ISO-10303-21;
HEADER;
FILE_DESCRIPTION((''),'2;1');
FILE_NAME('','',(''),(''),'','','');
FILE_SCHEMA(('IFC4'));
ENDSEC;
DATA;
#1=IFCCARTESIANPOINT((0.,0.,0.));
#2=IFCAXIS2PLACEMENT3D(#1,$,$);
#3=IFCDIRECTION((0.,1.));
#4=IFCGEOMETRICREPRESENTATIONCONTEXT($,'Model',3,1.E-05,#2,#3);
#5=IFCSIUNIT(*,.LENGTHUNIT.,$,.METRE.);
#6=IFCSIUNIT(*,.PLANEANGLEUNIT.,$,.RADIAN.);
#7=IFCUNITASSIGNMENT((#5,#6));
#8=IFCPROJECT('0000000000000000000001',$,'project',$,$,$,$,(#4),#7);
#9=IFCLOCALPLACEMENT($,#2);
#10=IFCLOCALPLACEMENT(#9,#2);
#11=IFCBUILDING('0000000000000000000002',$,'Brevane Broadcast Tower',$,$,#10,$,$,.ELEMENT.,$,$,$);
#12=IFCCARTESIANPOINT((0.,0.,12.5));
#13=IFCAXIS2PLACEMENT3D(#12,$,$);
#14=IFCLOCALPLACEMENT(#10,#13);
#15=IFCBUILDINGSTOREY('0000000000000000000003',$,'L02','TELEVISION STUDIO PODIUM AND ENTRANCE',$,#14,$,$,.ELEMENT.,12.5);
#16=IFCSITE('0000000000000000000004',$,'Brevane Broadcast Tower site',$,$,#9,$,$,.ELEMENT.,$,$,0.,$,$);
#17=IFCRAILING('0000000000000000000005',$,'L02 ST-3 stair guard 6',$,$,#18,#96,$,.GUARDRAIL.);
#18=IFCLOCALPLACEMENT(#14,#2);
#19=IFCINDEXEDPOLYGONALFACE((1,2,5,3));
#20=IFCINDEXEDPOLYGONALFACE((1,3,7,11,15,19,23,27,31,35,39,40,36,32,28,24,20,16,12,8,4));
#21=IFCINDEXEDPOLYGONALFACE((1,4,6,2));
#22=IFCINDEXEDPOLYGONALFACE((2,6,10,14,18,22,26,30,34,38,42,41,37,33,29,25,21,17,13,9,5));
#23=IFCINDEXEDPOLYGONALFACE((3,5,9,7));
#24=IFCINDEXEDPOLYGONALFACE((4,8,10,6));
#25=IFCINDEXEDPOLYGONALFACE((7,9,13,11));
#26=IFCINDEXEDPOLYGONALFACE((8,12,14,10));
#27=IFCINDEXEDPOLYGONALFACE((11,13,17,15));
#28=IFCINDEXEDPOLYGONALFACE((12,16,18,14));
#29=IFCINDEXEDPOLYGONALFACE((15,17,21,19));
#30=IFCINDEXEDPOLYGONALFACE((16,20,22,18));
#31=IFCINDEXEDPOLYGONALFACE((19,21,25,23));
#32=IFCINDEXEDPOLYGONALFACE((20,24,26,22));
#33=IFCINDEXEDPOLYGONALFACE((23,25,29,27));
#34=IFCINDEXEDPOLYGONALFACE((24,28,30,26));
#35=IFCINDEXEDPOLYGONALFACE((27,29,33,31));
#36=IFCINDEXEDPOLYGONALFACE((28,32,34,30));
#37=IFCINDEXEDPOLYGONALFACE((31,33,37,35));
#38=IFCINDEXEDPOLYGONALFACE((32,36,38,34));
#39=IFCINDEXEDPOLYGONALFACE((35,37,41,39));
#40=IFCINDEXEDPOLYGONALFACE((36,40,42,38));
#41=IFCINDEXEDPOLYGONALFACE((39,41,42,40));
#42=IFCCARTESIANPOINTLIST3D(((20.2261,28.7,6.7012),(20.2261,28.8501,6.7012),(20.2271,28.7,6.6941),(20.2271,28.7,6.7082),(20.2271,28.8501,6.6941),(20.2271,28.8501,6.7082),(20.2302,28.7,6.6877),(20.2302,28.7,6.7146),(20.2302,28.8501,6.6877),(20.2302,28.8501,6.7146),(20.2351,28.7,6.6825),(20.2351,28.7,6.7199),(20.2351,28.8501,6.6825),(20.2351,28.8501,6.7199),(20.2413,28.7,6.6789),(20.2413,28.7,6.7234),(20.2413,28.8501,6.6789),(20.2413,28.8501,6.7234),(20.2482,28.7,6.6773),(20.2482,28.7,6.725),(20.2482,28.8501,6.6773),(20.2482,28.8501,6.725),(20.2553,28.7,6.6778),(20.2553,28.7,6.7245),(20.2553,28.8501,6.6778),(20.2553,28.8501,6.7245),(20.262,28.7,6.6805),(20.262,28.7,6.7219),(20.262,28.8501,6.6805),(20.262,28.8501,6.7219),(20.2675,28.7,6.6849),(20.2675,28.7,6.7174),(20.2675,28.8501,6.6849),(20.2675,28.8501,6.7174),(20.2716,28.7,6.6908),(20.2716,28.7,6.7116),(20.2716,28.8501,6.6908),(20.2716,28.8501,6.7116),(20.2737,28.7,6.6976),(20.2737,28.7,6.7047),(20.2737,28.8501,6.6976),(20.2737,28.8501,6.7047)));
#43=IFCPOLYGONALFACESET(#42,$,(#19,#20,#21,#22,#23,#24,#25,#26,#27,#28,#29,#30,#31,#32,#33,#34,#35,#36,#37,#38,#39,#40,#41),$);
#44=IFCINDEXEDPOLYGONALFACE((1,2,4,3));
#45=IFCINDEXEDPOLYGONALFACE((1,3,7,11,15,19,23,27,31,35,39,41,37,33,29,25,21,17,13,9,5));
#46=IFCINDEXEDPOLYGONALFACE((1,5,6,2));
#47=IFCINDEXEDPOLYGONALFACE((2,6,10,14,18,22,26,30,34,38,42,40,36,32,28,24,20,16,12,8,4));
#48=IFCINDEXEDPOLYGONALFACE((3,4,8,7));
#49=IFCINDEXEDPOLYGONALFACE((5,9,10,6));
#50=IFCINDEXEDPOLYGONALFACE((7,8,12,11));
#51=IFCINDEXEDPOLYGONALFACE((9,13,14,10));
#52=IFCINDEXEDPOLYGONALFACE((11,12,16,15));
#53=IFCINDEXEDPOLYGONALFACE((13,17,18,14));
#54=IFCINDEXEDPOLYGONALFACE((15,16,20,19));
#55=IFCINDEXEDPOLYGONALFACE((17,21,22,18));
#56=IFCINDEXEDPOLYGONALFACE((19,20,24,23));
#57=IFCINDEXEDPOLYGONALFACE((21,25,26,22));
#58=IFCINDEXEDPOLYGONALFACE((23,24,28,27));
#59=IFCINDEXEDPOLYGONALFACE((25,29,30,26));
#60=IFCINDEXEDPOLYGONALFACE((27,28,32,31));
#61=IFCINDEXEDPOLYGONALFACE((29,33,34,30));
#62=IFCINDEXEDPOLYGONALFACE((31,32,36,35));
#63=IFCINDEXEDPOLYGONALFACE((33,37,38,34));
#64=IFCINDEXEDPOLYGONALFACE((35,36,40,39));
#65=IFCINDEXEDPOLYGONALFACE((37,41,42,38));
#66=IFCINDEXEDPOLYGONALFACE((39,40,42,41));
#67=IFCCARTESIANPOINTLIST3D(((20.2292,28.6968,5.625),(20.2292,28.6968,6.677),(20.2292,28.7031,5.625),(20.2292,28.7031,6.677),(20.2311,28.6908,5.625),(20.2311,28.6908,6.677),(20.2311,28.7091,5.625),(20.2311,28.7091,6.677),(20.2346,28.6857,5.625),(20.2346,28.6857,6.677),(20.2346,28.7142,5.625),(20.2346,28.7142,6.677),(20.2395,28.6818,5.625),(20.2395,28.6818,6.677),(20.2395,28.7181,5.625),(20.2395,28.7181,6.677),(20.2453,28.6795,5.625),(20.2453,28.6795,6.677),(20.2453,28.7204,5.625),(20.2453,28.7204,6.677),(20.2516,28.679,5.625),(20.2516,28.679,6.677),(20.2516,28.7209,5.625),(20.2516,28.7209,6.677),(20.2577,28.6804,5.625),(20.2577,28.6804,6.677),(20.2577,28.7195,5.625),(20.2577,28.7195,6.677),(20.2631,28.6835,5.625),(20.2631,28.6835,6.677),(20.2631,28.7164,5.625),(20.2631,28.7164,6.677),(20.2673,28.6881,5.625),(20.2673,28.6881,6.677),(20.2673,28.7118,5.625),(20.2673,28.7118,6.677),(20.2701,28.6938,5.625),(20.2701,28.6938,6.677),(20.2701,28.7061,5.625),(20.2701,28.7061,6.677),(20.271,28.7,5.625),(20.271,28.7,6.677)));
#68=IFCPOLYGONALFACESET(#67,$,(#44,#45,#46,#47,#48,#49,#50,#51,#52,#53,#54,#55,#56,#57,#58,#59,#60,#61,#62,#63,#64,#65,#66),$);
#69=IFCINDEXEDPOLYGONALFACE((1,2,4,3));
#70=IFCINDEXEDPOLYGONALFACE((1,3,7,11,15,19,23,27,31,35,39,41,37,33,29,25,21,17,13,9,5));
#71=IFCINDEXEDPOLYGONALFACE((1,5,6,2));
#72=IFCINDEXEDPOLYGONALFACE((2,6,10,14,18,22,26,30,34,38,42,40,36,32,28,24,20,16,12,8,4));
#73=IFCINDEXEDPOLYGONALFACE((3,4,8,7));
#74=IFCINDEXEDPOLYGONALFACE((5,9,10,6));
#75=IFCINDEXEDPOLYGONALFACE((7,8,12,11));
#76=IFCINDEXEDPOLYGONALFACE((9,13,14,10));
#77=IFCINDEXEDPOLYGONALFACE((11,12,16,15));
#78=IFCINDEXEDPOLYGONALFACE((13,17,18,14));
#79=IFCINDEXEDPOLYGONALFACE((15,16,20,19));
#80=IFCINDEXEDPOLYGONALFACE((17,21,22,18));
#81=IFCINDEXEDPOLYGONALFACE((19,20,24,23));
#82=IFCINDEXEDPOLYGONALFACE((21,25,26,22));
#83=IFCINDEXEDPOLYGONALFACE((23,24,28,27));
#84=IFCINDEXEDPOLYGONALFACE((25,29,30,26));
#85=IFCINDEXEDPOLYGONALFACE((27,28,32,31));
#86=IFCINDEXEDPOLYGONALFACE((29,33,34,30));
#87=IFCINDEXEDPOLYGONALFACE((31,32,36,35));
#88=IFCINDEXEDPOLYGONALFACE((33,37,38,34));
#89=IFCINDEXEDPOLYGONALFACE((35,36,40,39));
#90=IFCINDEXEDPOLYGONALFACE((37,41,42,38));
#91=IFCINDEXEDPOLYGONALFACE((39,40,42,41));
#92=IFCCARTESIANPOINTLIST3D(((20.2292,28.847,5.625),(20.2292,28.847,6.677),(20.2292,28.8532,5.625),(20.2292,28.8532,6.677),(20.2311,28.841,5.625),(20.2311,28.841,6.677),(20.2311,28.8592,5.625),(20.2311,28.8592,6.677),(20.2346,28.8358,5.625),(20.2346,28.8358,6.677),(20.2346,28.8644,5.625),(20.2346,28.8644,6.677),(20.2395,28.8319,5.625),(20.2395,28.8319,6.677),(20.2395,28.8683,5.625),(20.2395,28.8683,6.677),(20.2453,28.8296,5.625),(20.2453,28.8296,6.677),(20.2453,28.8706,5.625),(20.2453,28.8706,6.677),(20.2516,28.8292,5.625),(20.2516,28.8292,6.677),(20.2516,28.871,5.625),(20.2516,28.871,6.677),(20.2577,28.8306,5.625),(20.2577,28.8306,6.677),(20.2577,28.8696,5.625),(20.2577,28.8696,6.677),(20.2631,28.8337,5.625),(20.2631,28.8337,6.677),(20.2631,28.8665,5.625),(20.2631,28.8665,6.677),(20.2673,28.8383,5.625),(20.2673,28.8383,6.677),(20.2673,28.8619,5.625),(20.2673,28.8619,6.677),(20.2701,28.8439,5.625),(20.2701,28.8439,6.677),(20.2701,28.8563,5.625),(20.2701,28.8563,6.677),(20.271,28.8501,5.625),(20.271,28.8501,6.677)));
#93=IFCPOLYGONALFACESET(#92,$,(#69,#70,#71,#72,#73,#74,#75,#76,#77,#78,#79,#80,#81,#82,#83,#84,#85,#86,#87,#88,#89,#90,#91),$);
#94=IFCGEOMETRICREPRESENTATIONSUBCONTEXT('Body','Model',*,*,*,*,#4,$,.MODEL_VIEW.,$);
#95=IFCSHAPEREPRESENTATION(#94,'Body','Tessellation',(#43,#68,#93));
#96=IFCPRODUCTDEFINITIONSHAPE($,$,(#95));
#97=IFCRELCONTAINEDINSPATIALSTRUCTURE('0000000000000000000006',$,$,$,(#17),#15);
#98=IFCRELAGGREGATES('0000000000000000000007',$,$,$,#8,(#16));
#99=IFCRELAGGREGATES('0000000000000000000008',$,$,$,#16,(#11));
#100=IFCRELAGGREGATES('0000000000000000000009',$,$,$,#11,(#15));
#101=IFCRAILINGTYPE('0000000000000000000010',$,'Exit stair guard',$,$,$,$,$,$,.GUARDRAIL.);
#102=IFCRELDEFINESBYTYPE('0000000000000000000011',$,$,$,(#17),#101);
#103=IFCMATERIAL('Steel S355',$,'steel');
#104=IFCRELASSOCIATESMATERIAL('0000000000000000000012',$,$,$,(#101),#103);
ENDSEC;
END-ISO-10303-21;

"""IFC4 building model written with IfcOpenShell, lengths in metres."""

from ifc_helpers import new_model, si_unit, direction, frame, origin, origin_2d, place, context, subcontext, project, spatial, circle, extrude, material, type_object, element, save


model = new_model("IFC4")

# Units and contexts
model_context = context("Model", 3, precision=1e-05, world=origin(), true_north=direction((0.0, 1.0)))
body_context = subcontext(model_context, "Body", "Model", "MODEL_VIEW")
ifc_project = project(units=[si_unit("LENGTHUNIT", "METRE"), si_unit("PLANEANGLEUNIT", "RADIAN")], contexts=[model_context])

# Site, building, storey
site_placement = place(None, origin())
site = spatial("IfcSite", under=ifc_project, at=site_placement, Name="Brevane Broadcast Tower site", CompositionType="ELEMENT", RefElevation=0.0)
building_placement = place(site_placement, origin())
building = spatial("IfcBuilding", under=site, at=building_placement, Name="Brevane Broadcast Tower", CompositionType="ELEMENT")
storey_placement = place(building_placement, frame((0.0, 0.0, 12.5)))
storey = spatial("IfcBuildingStorey", under=building, at=storey_placement, Name="L02", Description="TELEVISION STUDIO PODIUM AND ENTRANCE", CompositionType="ELEMENT", Elevation=12.5)

# Railing
ifc_material_1 = material(Name="Steel S355", Category="steel")
railing_type_1 = type_object("IfcRailingType", Name="Exit stair guard", PredefinedType="GUARDRAIL", material=ifc_material_1)
railing_1_placement = place(storey_placement, frame((20.25, 28.7, 5.625)))
element("IfcRailing", 1, at=railing_1_placement, inside=storey, type_object=railing_type_1, Name="L02 ST-3 stair guard 6", PredefinedType="GUARDRAIL", context=body_context, shape_type="SweptSolid", body=[
    extrude(circle(Radius=0.0239, at=origin_2d()), frame((0.0, 0.0, 1.0762), z_axis=(0.0, 1.0, 0.0), x_axis=(-1.0, 0.0, 0.0)), (0.0, 0.0, 1.0), 0.1501),
    extrude(circle(Radius=0.021, at=origin_2d()), origin(), (0.0, 0.0, 1.0), 1.052),
    extrude(circle(Radius=0.021, at=origin_2d()), frame((0.0, 0.1501, 0.0)), (0.0, 0.0, 1.0), 1.052),
])

save(model, "model.ifc")
